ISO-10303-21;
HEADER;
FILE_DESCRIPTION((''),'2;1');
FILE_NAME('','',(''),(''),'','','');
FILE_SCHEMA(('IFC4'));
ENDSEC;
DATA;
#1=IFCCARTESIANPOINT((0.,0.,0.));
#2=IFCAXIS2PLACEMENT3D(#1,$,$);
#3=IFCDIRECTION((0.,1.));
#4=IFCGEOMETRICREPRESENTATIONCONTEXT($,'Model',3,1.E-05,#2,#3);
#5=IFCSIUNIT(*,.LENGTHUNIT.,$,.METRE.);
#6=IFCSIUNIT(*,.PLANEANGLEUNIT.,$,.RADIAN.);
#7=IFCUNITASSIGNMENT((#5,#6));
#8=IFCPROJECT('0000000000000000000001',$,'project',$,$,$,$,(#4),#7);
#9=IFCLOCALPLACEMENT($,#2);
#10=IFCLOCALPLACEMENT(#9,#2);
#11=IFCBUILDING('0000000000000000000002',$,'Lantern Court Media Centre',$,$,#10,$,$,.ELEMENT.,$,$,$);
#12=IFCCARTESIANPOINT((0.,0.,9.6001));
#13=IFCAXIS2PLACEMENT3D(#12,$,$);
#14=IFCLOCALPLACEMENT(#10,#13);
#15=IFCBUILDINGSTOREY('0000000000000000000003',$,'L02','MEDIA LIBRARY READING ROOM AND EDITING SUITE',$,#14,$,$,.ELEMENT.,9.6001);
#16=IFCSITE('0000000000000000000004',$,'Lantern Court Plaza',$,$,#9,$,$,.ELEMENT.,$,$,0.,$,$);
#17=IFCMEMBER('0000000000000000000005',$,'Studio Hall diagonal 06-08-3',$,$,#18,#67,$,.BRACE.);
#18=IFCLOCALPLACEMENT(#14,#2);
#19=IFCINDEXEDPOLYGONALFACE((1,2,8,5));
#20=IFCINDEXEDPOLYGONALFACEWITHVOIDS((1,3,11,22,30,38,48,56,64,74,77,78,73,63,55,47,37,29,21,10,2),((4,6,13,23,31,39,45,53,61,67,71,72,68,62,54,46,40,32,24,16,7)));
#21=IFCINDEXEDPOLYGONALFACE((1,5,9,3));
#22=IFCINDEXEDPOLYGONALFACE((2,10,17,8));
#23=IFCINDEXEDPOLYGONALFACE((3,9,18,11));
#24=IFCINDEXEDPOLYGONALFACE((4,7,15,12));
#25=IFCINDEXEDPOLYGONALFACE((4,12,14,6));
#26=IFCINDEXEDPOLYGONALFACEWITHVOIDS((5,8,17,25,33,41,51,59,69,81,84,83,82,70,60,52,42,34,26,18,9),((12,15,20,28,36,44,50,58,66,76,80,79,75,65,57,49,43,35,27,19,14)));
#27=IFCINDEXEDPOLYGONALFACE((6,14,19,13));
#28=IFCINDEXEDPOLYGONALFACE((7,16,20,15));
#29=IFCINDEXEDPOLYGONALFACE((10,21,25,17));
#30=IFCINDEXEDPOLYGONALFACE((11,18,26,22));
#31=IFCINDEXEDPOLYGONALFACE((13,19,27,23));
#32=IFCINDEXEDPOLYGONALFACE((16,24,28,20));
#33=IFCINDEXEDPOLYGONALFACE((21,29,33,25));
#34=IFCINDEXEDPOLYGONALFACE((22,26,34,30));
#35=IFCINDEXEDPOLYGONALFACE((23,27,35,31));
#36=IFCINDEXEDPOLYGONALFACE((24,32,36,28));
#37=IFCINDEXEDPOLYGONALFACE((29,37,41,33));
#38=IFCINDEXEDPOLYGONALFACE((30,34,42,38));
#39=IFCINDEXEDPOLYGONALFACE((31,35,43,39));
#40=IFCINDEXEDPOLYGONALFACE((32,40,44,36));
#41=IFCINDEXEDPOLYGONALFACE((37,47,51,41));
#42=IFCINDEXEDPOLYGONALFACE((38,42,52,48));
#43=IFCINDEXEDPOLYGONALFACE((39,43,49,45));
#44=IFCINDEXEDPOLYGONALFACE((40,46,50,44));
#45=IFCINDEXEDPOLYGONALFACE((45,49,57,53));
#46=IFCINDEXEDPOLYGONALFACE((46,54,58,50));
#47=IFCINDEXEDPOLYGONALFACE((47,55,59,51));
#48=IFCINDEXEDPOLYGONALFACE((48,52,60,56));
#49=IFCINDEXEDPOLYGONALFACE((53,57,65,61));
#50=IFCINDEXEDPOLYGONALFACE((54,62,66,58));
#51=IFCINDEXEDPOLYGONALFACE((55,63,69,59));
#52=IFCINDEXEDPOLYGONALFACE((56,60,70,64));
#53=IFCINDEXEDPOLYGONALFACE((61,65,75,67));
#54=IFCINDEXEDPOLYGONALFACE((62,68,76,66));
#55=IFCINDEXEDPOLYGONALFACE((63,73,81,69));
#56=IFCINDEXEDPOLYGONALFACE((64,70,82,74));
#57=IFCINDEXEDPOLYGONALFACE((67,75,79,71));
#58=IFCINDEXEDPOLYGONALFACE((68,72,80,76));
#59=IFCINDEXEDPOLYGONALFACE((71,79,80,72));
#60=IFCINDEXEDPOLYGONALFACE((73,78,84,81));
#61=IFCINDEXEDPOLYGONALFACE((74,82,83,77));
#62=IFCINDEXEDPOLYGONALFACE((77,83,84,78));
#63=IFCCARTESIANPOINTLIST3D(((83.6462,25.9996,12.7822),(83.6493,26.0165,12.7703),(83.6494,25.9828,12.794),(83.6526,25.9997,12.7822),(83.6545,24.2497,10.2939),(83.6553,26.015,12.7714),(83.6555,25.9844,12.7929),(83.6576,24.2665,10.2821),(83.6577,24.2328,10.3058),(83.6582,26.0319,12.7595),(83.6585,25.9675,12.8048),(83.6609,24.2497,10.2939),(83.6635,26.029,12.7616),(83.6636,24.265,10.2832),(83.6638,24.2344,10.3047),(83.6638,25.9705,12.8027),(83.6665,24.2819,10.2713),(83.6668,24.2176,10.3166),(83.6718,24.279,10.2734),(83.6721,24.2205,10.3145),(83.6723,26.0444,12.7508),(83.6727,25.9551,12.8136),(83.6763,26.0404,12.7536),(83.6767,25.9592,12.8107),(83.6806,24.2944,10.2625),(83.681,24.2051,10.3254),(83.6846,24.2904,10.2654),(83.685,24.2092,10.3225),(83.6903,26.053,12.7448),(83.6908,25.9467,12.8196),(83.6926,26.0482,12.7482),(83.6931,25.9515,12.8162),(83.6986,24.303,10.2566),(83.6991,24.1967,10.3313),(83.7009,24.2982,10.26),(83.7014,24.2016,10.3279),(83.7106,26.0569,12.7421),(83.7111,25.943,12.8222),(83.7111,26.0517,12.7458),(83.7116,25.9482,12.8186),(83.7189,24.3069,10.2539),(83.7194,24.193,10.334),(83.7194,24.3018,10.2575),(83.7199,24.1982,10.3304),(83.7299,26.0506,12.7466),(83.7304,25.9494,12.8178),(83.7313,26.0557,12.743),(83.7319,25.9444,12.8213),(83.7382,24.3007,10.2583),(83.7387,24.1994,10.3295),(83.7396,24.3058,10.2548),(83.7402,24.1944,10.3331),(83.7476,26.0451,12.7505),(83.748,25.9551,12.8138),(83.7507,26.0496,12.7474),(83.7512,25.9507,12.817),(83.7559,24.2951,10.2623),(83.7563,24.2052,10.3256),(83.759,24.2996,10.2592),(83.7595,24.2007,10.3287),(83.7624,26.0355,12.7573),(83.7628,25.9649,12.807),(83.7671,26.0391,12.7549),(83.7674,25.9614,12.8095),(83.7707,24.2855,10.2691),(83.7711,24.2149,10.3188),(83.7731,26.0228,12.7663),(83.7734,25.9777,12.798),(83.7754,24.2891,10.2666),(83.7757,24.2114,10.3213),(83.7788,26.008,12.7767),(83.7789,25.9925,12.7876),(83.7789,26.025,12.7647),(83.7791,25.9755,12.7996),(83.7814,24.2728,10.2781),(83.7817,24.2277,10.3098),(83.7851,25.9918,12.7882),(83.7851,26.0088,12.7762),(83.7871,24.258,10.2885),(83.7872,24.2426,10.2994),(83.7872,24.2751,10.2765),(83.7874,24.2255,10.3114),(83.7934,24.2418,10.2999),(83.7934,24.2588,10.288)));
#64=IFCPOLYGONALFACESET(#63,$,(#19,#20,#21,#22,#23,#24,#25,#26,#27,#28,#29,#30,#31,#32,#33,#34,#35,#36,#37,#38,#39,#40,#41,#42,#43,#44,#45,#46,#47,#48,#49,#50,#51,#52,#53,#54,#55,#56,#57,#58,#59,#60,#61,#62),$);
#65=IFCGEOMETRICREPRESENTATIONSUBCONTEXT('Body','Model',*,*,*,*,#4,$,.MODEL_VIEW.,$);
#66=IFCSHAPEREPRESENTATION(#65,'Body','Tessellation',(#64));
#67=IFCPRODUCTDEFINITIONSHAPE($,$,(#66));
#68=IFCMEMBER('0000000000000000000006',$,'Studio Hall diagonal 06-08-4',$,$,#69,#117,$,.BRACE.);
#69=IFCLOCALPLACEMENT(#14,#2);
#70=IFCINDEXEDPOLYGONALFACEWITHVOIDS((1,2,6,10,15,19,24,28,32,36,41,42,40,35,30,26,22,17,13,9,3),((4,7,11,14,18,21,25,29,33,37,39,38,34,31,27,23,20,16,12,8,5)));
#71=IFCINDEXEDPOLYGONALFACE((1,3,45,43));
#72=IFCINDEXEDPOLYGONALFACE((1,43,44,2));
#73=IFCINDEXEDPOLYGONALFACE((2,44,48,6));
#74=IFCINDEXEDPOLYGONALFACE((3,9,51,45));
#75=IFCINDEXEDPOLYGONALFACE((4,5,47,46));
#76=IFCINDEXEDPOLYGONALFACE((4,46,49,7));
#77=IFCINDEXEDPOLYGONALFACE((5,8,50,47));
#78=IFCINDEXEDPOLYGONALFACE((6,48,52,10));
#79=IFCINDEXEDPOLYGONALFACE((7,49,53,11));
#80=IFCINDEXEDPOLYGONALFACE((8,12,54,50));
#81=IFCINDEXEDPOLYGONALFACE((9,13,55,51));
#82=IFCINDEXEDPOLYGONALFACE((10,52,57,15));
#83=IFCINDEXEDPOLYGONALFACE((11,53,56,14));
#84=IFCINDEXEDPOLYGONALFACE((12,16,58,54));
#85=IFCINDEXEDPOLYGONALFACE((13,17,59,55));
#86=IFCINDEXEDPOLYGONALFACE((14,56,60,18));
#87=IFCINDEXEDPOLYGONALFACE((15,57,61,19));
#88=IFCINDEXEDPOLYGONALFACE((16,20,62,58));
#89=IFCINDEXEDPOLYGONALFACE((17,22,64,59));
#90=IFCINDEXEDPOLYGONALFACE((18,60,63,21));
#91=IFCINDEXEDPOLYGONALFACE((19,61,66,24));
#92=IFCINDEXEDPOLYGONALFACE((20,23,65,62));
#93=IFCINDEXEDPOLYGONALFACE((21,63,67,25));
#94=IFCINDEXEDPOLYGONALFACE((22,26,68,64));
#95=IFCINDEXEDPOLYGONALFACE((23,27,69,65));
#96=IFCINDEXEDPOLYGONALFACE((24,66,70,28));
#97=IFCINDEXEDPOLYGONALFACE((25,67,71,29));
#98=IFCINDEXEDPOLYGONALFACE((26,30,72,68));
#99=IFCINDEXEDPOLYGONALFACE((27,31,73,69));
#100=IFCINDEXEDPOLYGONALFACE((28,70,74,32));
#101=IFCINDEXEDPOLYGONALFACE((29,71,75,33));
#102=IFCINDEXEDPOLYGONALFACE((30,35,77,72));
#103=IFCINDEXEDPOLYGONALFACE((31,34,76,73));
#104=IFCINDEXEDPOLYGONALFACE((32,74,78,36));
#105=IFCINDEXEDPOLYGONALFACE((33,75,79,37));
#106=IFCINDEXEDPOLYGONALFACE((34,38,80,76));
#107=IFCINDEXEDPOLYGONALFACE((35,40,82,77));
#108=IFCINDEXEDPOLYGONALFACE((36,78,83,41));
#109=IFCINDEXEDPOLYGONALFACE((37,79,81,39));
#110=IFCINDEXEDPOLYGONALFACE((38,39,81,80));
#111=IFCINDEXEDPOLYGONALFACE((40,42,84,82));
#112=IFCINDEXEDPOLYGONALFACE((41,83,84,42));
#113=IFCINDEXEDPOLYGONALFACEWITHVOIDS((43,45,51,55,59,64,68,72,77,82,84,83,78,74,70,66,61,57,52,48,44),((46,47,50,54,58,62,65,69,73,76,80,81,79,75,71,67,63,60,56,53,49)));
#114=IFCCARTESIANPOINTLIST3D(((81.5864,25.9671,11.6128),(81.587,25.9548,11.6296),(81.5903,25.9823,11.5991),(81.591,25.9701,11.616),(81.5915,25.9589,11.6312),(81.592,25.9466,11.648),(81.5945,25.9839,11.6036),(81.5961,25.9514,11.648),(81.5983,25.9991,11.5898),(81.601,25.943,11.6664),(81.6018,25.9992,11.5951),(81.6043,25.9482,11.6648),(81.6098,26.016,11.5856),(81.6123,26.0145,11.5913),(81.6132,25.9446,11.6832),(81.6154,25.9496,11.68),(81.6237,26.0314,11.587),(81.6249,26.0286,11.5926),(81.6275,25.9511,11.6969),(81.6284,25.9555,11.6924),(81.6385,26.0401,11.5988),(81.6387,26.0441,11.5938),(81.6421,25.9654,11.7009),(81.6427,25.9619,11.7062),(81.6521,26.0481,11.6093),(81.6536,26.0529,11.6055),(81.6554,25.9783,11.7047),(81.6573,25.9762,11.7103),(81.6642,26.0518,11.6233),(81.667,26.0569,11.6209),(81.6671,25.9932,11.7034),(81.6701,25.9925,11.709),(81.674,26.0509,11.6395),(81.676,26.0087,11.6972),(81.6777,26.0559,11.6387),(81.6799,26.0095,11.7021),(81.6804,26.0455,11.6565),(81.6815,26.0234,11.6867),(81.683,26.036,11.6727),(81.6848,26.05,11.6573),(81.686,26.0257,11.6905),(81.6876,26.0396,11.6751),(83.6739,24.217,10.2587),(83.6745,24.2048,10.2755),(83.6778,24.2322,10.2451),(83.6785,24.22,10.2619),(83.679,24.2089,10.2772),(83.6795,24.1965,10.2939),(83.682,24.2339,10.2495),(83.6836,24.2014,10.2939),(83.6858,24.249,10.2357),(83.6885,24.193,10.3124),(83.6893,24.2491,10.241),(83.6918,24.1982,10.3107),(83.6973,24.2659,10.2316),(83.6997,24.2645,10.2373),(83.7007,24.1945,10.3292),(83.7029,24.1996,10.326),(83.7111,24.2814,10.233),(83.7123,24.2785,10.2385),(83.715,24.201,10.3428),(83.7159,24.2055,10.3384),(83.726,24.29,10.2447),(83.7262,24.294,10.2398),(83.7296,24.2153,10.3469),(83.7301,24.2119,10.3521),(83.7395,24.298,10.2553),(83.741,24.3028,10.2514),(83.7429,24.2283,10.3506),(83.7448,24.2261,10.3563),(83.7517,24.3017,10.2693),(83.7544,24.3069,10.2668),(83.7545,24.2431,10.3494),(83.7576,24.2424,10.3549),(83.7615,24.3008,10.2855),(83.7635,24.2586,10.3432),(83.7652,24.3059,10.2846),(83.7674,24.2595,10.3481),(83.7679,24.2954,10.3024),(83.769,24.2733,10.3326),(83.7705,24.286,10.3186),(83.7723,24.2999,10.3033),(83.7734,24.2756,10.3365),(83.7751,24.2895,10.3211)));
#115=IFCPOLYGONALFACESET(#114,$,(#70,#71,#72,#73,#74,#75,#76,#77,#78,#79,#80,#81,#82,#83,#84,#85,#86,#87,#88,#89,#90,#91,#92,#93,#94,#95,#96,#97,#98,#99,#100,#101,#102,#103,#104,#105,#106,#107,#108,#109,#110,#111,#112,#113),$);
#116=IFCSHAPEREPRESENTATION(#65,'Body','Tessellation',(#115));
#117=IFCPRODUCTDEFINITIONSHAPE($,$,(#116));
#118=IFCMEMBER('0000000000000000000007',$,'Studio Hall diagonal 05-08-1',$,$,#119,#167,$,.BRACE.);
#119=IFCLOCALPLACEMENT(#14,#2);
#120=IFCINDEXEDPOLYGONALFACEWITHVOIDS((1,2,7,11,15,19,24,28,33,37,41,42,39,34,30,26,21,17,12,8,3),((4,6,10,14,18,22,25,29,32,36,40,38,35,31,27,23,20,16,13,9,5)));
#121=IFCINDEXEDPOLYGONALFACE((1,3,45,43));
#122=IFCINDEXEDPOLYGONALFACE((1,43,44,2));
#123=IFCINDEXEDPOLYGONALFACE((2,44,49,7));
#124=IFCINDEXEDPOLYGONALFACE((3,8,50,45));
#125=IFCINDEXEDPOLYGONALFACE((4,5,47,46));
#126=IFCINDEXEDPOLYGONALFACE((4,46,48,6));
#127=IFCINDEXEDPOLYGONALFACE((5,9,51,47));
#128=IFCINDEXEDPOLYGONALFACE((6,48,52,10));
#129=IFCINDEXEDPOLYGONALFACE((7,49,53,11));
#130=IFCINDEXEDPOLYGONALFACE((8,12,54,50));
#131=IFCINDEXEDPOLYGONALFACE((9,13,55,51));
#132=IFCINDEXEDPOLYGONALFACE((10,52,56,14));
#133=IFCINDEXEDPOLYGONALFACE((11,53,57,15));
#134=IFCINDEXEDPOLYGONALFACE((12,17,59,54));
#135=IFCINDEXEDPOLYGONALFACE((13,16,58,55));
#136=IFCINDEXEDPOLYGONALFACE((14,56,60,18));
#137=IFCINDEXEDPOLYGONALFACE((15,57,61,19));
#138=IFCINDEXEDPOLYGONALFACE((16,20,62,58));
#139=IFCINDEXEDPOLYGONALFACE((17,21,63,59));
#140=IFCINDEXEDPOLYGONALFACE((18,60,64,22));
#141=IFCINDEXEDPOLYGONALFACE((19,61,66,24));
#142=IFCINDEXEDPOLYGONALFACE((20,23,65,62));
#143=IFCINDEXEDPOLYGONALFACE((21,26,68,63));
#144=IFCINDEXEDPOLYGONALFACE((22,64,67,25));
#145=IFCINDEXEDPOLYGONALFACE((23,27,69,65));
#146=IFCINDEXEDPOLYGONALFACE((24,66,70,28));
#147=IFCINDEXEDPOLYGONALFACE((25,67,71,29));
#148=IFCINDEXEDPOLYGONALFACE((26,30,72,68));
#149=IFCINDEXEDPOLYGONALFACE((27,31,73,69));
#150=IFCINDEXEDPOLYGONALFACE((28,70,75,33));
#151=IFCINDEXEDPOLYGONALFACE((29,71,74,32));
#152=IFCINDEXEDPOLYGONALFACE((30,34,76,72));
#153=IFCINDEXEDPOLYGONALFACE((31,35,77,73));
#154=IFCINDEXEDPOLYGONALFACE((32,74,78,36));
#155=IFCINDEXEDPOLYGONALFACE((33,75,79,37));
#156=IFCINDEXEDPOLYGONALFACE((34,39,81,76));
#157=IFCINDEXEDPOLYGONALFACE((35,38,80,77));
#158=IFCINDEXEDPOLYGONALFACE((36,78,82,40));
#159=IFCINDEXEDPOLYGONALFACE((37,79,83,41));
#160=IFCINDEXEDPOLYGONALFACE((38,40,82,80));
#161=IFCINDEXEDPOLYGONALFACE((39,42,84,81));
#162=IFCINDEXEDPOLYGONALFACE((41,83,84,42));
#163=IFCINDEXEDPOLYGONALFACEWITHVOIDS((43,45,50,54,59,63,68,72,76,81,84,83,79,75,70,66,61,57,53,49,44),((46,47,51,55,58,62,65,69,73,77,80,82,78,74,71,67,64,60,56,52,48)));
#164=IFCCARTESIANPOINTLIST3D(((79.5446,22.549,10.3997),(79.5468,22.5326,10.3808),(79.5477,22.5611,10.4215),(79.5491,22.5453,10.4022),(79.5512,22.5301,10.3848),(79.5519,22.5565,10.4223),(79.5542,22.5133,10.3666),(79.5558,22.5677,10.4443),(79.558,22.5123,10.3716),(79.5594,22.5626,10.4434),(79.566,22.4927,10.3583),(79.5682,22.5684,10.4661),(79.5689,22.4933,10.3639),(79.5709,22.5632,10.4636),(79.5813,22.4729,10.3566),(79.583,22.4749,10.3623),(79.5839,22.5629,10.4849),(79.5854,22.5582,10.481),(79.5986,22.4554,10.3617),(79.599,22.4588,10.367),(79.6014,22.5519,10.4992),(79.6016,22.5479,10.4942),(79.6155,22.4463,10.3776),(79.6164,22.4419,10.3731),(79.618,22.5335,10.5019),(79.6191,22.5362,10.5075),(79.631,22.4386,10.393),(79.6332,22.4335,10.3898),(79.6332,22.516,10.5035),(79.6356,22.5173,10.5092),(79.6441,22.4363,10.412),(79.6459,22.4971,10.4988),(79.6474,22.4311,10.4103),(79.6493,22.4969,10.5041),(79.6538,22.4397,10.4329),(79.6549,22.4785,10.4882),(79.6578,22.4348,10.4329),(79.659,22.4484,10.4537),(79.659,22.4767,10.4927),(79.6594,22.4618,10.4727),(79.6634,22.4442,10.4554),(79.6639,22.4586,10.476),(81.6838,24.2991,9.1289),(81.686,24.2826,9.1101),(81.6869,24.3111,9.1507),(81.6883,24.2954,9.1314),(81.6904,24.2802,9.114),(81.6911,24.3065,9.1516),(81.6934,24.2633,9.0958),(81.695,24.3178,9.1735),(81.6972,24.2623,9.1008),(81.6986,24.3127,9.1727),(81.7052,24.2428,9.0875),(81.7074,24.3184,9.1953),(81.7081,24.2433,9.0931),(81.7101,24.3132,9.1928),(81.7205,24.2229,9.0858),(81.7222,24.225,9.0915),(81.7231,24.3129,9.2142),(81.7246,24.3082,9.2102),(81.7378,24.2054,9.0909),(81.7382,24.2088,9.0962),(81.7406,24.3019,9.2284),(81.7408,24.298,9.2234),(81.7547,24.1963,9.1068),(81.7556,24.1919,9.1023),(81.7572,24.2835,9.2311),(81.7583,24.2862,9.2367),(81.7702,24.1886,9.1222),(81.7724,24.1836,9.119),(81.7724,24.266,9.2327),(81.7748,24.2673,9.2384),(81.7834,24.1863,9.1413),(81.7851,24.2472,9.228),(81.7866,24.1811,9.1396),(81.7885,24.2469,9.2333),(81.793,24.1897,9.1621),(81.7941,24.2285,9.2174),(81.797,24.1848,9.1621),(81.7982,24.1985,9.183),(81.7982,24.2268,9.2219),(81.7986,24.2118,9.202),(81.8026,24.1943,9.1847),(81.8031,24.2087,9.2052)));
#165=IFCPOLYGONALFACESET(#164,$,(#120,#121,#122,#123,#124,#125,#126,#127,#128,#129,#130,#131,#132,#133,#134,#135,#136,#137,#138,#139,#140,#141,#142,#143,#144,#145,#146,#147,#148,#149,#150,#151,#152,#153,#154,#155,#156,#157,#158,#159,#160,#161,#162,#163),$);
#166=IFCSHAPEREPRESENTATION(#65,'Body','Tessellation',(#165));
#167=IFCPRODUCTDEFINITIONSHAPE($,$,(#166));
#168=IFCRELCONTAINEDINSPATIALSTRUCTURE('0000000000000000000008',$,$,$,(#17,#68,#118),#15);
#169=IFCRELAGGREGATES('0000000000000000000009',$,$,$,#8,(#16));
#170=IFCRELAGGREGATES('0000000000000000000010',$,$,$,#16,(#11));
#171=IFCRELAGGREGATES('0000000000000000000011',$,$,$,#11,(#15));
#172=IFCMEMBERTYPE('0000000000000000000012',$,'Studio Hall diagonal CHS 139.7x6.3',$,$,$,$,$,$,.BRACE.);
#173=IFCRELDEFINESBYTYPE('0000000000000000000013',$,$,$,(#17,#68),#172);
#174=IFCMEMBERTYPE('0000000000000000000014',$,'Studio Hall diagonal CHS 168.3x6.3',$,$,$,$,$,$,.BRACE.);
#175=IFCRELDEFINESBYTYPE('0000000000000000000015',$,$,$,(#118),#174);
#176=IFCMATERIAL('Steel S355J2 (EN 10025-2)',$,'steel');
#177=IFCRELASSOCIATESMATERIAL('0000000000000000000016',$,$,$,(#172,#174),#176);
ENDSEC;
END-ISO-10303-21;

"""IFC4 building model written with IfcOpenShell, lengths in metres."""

from ifc_helpers import new_model, si_unit, direction, frame, origin, origin_2d, place, context, subcontext, project, spatial, hollow_circle, extrude, material, material_profile, profile_set, type_object, element, save


model = new_model("IFC4")

# Units and contexts
model_context = context("Model", 3, precision=1e-05, world=origin(), true_north=direction((0.0, 1.0)))
body_context = subcontext(model_context, "Body", "Model", "MODEL_VIEW")
ifc_project = project(units=[si_unit("LENGTHUNIT", "METRE"), si_unit("PLANEANGLEUNIT", "RADIAN")], contexts=[model_context])

# Site, building, storey
site_placement = place(None, origin())
site = spatial("IfcSite", under=ifc_project, at=site_placement, Name="Lantern Court Plaza", CompositionType="ELEMENT", RefElevation=0.0)
building_placement = place(site_placement, origin())
building = spatial("IfcBuilding", under=site, at=building_placement, Name="Lantern Court Media Centre", CompositionType="ELEMENT")
storey_placement = place(building_placement, frame((0.0, 0.0, 9.6001)))
storey = spatial("IfcBuildingStorey", under=building, at=storey_placement, Name="L02", Description="MEDIA LIBRARY READING ROOM AND EDITING SUITE", CompositionType="ELEMENT", Elevation=9.6001)

# Members
ifc_material = material(Name="Steel S355J2 (EN 10025-2)", Category="steel")
ifc_material_profile_1 = material_profile(ifc_material, hollow_circle(Radius=0.0698, WallThickness=0.0063, at=origin_2d()), Name="Studio Hall diagonal CHS 139.7x6.3")
ifc_profile_set_1 = profile_set([ifc_material_profile_1], Name="Steel S355J2 (EN 10025-2)")
member_type_1 = type_object("IfcMemberType", Name="Studio Hall diagonal CHS 139.7x6.3", PredefinedType="BRACE", material=ifc_profile_set_1)
for number, where, z_axis, x_axis, name in (
    (1, (83.7244, 24.25, 10.2939), (-0.002729, 0.575269, 0.81796), (-0.999989, -0.004743, 0.0), "Studio Hall diagonal 06-08-3"),
    (2, (83.7244, 24.25, 10.2939), (-0.68622, 0.575301, 0.44512), (-0.642456, -0.766322, 0.0), "Studio Hall diagonal 06-08-4"),
):
    element("IfcMember", number, at=place(storey_placement, frame(where, z_axis=z_axis, x_axis=x_axis)), inside=storey, type_object=member_type_1, Name=name, PredefinedType="BRACE", context=body_context, shape_type="SweptSolid", body=[
        extrude(hollow_circle(Radius=0.0698, WallThickness=0.0063, at=origin_2d()), origin(), (0.0, 0.0, 1.0), 3.042),
    ])
ifc_material_profile_2 = material_profile(ifc_material, hollow_circle(Radius=0.0842, WallThickness=0.0063, at=origin_2d()), Name="Studio Hall diagonal CHS 168.3x6.3")
ifc_profile_set_2 = profile_set([ifc_material_profile_2], Name="Steel S355J2 (EN 10025-2)")
member_type_2 = type_object("IfcMemberType", Name="Studio Hall diagonal CHS 168.3x6.3", PredefinedType="BRACE", material=ifc_profile_set_2)
for number, where, z_axis, x_axis, name in (
    (3, (81.7437, 24.25, 9.1621), (-0.703225, -0.575293, 0.417746), (0.63319, -0.773997, 0.0), "Studio Hall diagonal 05-08-1"),
):
    element("IfcMember", number, at=place(storey_placement, frame(where, z_axis=z_axis, x_axis=x_axis)), inside=storey, type_object=member_type_2, Name=name, PredefinedType="BRACE", context=body_context, shape_type="SweptSolid", body=[
        extrude(hollow_circle(Radius=0.0842, WallThickness=0.0063, at=origin_2d()), origin(), (0.0, 0.0, 1.0), 3.042),
    ])

save(model, "model.ifc")
